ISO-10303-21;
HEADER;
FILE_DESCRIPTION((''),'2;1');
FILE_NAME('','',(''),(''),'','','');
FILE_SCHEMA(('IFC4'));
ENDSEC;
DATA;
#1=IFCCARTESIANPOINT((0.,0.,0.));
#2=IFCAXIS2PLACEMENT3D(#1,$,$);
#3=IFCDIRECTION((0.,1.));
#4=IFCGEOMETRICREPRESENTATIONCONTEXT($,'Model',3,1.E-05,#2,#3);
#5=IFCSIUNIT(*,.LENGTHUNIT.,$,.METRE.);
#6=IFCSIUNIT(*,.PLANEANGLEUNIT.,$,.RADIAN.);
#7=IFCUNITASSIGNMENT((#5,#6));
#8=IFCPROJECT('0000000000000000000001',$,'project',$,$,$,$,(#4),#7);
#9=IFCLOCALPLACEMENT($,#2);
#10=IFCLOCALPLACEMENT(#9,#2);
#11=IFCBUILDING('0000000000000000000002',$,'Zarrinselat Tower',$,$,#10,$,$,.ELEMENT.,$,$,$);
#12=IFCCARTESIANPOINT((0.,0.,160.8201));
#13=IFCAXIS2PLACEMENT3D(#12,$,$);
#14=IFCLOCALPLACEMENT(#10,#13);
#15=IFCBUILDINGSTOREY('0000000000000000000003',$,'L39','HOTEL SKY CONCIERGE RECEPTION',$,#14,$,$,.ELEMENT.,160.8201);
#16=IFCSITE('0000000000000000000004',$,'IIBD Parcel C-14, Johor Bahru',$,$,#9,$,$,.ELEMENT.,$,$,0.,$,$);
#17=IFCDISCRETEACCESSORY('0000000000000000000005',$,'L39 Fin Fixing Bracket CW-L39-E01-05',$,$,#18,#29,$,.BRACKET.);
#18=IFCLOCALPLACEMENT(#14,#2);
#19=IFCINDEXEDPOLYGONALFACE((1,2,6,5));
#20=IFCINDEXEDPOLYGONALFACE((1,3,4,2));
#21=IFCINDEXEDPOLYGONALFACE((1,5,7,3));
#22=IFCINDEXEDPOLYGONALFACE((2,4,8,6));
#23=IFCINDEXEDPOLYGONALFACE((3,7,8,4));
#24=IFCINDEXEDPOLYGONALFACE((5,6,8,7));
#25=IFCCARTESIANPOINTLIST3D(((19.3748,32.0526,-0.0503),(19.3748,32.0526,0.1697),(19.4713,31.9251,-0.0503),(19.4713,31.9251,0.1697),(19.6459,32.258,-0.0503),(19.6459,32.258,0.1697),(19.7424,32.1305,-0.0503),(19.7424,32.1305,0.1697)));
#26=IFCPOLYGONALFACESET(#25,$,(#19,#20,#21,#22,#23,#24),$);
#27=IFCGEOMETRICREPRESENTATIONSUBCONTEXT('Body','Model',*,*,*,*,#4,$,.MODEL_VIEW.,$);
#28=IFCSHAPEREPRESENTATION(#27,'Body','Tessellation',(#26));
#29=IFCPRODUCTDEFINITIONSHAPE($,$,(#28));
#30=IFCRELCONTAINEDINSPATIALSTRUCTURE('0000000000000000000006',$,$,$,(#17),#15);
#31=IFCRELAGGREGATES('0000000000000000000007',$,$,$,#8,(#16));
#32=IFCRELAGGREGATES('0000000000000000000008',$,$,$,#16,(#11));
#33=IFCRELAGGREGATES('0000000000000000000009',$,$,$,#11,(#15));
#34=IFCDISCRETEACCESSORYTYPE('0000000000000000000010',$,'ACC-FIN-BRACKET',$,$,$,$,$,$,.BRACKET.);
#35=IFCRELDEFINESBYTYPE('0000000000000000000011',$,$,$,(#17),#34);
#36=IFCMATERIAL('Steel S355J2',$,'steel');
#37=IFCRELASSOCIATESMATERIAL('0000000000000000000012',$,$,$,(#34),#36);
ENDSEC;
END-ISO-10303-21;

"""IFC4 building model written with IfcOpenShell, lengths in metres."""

from ifc_helpers import new_model, si_unit, direction, frame, origin, origin_2d, place, context, subcontext, project, spatial, rectangle, extrude, material, type_object, element, save


model = new_model("IFC4")

# Units and contexts
model_context = context("Model", 3, precision=1e-05, world=origin(), true_north=direction((0.0, 1.0)))
body_context = subcontext(model_context, "Body", "Model", "MODEL_VIEW")
ifc_project = project(units=[si_unit("LENGTHUNIT", "METRE"), si_unit("PLANEANGLEUNIT", "RADIAN")], contexts=[model_context])

# Site, building, storey
site_placement = place(None, origin())
site = spatial("IfcSite", under=ifc_project, at=site_placement, Name="IIBD Parcel C-14, Johor Bahru", CompositionType="ELEMENT", RefElevation=0.0)
building_placement = place(site_placement, origin())
building = spatial("IfcBuilding", under=site, at=building_placement, Name="Zarrinselat Tower", CompositionType="ELEMENT")
storey_placement = place(building_placement, frame((0.0, 0.0, 160.8201)))
storey = spatial("IfcBuildingStorey", under=building, at=storey_placement, Name="L39", Description="HOTEL SKY CONCIERGE RECEPTION", CompositionType="ELEMENT", Elevation=160.8201)

# Discrete accessory
ifc_material_1 = material(Name="Steel S355J2", Category="steel")
discrete_accessory_type = type_object("IfcDiscreteAccessoryType", Name="ACC-FIN-BRACKET", PredefinedType="BRACKET", material=ifc_material_1)
discrete_accessory_placement = place(storey_placement, frame((19.5586, 32.0916, -0.0503), z_axis=(0.0, 0.0, 1.0), x_axis=(-0.797092, -0.603858, 0.0)))
element("IfcDiscreteAccessory", 1, at=discrete_accessory_placement, inside=storey, type_object=discrete_accessory_type, Name="L39 Fin Fixing Bracket CW-L39-E01-05", PredefinedType="BRACKET", context=body_context, shape_type="SweptSolid", body=[
    extrude(rectangle(XDim=0.3401, YDim=0.1599, at=origin_2d()), origin(), (0.0, 0.0, 1.0), 0.22),
])

save(model, "model.ifc")
